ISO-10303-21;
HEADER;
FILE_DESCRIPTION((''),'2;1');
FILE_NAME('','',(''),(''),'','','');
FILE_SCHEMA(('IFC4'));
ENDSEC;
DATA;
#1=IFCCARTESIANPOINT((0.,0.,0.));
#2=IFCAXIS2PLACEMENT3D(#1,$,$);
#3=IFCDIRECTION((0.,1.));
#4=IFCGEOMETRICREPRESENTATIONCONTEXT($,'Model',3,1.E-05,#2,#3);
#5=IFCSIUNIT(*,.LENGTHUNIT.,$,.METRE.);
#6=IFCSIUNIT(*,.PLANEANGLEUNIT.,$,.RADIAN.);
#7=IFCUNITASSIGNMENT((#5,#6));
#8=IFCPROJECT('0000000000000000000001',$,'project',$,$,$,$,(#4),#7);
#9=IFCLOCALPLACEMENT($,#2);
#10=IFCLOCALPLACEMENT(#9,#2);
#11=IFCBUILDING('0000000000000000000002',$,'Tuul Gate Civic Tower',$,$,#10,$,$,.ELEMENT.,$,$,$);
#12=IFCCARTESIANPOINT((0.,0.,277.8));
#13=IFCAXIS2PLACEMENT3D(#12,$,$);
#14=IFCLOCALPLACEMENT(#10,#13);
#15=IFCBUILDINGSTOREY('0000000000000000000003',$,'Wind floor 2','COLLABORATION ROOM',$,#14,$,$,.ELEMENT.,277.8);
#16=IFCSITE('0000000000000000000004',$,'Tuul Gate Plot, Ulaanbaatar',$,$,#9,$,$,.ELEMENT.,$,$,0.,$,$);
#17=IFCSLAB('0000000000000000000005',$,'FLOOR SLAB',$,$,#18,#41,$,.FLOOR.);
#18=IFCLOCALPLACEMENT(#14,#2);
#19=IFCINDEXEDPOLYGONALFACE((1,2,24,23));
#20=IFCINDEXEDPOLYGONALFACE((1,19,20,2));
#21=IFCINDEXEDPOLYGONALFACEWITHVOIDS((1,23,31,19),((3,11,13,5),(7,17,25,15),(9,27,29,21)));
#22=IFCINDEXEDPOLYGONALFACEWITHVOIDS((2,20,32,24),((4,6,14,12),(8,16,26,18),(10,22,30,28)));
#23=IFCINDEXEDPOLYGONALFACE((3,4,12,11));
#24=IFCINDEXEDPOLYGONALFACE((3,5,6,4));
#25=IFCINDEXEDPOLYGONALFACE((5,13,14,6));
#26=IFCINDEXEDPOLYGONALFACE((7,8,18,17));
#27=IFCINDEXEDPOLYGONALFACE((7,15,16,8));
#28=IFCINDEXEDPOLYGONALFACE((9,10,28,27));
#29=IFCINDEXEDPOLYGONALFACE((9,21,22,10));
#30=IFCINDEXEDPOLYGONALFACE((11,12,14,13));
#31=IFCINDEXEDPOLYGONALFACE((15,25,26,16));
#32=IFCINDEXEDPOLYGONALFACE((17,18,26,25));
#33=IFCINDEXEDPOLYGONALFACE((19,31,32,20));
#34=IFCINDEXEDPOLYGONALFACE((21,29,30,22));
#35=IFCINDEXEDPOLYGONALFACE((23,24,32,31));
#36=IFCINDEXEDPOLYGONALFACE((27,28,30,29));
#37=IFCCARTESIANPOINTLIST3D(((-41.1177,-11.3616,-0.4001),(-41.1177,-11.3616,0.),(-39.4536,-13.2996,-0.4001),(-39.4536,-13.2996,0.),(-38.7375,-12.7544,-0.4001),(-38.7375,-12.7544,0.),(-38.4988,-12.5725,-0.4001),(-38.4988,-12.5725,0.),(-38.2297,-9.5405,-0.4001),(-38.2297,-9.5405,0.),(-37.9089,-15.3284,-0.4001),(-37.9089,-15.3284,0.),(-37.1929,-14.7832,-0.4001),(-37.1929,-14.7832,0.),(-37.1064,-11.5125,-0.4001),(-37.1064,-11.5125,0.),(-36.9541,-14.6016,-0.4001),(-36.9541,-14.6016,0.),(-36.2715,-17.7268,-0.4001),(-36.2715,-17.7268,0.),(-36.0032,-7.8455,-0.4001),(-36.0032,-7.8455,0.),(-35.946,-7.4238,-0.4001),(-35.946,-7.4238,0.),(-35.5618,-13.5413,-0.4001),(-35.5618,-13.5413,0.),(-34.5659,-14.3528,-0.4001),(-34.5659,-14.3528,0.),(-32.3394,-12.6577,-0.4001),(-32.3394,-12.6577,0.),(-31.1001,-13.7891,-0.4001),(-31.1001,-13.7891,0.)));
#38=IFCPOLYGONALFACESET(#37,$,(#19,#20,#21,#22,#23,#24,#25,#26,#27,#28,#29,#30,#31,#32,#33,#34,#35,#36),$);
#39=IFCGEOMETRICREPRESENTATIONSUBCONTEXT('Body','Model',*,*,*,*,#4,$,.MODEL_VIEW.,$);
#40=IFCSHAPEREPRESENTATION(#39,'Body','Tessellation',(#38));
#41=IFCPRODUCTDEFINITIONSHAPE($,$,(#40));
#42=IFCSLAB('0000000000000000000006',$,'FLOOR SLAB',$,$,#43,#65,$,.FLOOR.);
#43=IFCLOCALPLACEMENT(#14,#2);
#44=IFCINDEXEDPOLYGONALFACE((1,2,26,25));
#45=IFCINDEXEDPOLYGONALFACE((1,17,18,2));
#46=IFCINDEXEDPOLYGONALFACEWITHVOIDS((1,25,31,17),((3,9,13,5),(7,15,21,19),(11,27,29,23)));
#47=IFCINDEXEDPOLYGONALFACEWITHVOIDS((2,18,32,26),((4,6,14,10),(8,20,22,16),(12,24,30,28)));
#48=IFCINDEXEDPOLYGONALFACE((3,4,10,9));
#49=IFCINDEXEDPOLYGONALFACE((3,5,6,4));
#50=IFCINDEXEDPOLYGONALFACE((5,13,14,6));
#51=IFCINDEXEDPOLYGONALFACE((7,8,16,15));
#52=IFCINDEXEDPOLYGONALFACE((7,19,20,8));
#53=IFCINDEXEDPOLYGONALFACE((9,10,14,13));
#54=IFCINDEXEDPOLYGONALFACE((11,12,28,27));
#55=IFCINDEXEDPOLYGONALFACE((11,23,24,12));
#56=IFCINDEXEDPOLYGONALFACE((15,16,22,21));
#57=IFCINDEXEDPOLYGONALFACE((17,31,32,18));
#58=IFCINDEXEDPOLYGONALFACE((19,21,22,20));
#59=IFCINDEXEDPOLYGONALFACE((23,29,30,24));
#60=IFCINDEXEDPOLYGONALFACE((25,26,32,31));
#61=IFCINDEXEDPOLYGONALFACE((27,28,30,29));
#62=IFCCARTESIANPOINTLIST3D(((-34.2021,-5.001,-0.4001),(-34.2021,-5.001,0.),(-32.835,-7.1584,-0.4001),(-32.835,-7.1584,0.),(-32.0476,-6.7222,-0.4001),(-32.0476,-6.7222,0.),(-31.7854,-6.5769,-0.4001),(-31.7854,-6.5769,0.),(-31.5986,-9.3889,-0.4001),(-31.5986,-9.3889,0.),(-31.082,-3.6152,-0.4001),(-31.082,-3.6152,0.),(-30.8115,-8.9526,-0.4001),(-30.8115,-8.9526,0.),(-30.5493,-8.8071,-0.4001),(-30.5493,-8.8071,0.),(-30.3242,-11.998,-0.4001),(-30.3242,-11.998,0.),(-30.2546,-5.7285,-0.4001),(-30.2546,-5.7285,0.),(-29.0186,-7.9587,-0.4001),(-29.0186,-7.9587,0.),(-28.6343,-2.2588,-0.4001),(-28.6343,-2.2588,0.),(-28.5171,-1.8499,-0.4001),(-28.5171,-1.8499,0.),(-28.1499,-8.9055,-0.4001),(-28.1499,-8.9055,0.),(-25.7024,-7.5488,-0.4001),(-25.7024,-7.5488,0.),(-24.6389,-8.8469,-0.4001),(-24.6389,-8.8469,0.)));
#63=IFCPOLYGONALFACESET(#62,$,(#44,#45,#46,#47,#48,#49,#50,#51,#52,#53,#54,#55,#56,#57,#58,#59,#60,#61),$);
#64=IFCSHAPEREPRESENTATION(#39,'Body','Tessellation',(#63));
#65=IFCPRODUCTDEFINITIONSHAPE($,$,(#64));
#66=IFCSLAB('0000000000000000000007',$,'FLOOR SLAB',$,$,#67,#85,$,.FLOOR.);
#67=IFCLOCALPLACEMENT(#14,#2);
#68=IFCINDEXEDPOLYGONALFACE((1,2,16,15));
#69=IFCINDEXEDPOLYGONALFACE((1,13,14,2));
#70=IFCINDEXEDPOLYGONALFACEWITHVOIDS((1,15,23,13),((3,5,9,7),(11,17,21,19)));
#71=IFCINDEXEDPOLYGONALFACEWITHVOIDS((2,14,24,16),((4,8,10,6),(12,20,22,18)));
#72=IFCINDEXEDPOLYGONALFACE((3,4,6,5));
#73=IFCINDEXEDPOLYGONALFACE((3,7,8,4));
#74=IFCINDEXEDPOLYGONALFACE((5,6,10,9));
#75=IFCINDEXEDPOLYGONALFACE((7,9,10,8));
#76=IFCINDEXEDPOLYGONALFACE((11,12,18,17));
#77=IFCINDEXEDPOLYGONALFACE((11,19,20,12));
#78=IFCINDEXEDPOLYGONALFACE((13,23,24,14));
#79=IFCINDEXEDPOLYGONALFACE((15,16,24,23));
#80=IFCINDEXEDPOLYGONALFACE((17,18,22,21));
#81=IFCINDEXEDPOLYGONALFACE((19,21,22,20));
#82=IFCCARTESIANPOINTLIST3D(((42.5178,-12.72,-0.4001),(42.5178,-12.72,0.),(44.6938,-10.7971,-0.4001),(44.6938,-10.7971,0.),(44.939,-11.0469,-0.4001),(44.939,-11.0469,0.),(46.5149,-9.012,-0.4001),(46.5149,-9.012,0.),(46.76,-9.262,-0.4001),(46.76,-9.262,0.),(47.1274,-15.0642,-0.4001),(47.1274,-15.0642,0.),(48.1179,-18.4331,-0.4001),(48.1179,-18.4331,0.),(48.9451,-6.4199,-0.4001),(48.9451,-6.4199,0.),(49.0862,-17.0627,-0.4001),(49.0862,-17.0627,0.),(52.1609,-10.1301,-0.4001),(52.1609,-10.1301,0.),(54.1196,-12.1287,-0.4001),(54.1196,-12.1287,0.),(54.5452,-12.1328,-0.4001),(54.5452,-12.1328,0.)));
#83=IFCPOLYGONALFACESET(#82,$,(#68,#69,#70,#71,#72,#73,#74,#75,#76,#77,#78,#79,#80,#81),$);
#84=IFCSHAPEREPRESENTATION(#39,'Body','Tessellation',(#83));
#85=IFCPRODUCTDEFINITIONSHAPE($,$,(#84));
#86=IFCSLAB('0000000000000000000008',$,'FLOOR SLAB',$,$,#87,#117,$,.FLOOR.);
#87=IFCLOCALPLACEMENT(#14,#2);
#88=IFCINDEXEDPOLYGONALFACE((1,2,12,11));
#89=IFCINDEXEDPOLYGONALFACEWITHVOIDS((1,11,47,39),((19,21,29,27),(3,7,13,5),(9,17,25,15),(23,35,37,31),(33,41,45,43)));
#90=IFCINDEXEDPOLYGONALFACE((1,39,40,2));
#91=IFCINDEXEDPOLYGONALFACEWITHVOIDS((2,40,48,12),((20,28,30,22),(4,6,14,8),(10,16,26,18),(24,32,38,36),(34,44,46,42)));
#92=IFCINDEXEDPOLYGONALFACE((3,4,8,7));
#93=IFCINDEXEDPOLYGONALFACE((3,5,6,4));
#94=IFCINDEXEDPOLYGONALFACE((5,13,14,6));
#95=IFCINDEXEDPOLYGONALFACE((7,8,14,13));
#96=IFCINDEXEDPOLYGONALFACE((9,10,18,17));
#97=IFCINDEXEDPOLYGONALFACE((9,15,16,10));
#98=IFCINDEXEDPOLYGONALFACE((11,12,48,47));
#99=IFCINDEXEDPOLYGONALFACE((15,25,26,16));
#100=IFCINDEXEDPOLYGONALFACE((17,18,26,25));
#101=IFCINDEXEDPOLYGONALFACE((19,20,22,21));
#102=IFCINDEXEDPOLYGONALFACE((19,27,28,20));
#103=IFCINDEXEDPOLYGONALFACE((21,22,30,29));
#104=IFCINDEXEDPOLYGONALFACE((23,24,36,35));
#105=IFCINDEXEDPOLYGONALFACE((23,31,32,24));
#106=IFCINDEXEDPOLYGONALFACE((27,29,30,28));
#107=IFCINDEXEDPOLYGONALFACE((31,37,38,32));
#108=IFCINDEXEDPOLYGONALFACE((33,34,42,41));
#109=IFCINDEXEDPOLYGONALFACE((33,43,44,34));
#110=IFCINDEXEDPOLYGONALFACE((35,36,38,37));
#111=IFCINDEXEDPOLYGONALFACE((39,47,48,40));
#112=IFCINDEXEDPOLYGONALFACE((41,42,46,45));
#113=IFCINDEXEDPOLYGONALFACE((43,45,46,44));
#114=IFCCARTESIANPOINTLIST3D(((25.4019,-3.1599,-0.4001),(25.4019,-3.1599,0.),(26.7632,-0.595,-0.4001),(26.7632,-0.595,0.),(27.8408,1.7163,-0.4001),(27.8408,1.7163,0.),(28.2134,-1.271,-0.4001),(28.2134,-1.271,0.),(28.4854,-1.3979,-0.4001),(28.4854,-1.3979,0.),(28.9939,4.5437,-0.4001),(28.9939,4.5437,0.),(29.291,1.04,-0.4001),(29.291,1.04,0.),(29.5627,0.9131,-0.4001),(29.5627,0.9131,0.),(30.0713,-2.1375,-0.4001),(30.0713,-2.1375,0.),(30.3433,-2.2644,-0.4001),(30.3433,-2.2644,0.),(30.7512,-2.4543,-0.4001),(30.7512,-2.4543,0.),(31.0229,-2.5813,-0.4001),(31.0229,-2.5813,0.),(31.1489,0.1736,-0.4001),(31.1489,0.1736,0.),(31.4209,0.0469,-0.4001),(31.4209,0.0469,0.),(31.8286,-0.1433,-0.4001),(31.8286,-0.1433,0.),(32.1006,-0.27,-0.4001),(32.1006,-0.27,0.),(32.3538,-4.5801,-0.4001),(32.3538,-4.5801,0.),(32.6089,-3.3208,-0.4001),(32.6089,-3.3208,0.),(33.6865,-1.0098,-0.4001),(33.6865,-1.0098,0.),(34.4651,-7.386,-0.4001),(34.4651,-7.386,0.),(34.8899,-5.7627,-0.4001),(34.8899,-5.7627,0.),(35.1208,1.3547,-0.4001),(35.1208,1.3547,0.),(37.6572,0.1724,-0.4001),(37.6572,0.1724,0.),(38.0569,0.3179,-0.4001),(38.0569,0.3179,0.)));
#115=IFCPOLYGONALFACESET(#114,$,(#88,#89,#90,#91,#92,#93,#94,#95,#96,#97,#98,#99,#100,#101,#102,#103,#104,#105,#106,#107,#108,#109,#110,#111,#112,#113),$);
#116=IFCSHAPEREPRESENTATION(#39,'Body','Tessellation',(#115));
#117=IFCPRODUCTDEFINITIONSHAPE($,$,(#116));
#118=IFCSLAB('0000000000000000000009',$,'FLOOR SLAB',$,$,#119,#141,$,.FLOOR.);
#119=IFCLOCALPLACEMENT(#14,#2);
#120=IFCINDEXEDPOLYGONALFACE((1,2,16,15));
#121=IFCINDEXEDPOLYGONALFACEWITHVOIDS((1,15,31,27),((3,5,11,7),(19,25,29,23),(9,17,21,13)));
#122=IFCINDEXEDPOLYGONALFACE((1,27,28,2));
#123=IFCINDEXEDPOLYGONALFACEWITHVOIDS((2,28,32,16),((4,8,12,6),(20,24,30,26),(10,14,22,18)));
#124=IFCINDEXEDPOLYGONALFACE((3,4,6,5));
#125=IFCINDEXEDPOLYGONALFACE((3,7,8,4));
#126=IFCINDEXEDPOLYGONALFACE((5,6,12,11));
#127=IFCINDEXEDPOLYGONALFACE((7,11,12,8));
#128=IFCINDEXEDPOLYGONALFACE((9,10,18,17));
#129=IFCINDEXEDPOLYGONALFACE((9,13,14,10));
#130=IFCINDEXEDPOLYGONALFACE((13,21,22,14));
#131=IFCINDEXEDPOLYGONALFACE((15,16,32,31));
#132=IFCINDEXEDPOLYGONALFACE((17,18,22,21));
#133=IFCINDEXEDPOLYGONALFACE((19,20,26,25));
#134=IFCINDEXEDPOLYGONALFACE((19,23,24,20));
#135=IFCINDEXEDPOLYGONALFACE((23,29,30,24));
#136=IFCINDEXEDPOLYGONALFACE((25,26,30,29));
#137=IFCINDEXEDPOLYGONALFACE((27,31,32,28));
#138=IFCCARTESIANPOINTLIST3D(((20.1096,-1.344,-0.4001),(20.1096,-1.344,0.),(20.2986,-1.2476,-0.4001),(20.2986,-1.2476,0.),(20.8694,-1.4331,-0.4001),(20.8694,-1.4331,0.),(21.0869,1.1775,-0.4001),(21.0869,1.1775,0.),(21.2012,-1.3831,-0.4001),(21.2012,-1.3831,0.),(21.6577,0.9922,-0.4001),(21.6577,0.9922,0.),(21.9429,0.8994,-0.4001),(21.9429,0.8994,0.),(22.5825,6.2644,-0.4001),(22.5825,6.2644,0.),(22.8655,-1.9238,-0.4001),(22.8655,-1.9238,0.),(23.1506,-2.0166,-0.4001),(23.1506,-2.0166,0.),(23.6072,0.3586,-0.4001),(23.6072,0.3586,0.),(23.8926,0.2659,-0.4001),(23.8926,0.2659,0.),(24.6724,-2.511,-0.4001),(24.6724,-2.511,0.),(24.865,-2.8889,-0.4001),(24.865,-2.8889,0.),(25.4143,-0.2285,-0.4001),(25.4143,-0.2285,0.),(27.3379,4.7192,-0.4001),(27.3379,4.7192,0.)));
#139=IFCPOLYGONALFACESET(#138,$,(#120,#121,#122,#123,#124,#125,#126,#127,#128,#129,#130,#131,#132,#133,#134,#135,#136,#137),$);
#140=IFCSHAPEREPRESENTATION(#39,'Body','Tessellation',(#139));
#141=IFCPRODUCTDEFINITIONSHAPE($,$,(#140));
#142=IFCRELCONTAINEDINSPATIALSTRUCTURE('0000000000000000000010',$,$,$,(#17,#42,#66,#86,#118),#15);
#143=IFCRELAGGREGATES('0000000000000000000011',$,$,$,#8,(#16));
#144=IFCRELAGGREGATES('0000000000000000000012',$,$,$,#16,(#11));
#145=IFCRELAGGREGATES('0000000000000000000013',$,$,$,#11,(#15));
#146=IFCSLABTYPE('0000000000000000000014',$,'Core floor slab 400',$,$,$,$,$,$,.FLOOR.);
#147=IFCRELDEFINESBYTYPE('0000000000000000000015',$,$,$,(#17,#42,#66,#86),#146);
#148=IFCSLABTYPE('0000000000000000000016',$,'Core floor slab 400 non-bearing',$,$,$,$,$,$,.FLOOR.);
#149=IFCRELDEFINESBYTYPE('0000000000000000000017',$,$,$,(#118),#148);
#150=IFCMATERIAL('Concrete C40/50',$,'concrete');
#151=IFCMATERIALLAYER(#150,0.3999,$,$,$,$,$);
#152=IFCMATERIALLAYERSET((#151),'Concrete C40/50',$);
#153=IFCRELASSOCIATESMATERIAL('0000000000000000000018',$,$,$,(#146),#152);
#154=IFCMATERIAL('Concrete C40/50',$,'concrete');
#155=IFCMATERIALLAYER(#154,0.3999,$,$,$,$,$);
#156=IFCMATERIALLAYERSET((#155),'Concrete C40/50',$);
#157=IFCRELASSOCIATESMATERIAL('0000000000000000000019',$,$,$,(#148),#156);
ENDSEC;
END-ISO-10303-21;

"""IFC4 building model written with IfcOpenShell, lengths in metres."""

from ifc_helpers import new_model, si_unit, direction, frame, origin, place, context, subcontext, project, spatial, polyline, outline, extrude, material, layer, layer_set, type_object, element, save


model = new_model("IFC4")

# Units and contexts
model_context = context("Model", 3, precision=1e-05, world=origin(), true_north=direction((0.0, 1.0)))
body_context = subcontext(model_context, "Body", "Model", "MODEL_VIEW")
ifc_project = project(units=[si_unit("LENGTHUNIT", "METRE"), si_unit("PLANEANGLEUNIT", "RADIAN")], contexts=[model_context])

# Site, building, storey
site_placement = place(None, origin())
site = spatial("IfcSite", under=ifc_project, at=site_placement, Name="Tuul Gate Plot, Ulaanbaatar", CompositionType="ELEMENT", RefElevation=0.0)
building_placement = place(site_placement, origin())
building = spatial("IfcBuilding", under=site, at=building_placement, Name="Tuul Gate Civic Tower", CompositionType="ELEMENT")
storey_placement = place(building_placement, frame((0.0, 0.0, 277.8)))
storey = spatial("IfcBuildingStorey", under=building, at=storey_placement, Name="Wind floor 2", Description="COLLABORATION ROOM", CompositionType="ELEMENT", Elevation=277.8)

# Slabs
ifc_material_1 = material(Name="Concrete C40/50", Category="concrete")
ifc_layer_1 = layer(ifc_material_1, 0.3999)
ifc_layer_set_1 = layer_set([ifc_layer_1], Name="Concrete C40/50")
slab_type_1 = type_object("IfcSlabType", Name="Core floor slab 400", PredefinedType="FLOOR", material=ifc_layer_set_1)
slab_1_placement = place(storey_placement, frame((0.0, 0.0, -0.4001)))
element("IfcSlab", 1, at=slab_1_placement, inside=storey, type_object=slab_type_1, Name="FLOOR SLAB", PredefinedType="FLOOR", context=body_context, shape_type="SweptSolid", body=[
    extrude(outline(polyline([(-31.1001, -13.7891), (-35.946, -7.4238), (-41.1177, -11.3616), (-36.2715, -17.7268), (-31.1001, -13.7891)]), holes=[polyline([(-35.5618, -13.5413), (-37.1064, -11.5125), (-38.4988, -12.5725), (-36.9541, -14.6016), (-35.5618, -13.5413)]), polyline([(-37.1929, -14.7832), (-38.7375, -12.7544), (-39.4536, -13.2996), (-37.9089, -15.3284), (-37.1929, -14.7832)]), polyline([(-32.3394, -12.6577), (-34.5659, -14.3528), (-38.2297, -9.5405), (-36.0032, -7.8455), (-32.3394, -12.6577)])]), origin(), (0.0, 0.0, 1.0), 0.4001),
])
slab_2_placement = place(storey_placement, frame((0.0, 0.0, -0.4001)))
element("IfcSlab", 2, at=slab_2_placement, inside=storey, type_object=slab_type_1, Name="FLOOR SLAB", PredefinedType="FLOOR", context=body_context, shape_type="SweptSolid", body=[
    extrude(outline(polyline([(-24.6389, -8.8469), (-28.5171, -1.8499), (-34.2021, -5.001), (-30.3242, -11.998), (-24.6389, -8.8469)]), holes=[polyline([(-29.0186, -7.9587), (-30.2546, -5.7285), (-31.7854, -6.5769), (-30.5493, -8.8071), (-29.0186, -7.9587)]), polyline([(-30.8115, -8.9526), (-32.0476, -6.7222), (-32.835, -7.1584), (-31.5986, -9.3889), (-30.8115, -8.9526)]), polyline([(-25.7024, -7.5488), (-28.1499, -8.9055), (-31.082, -3.6152), (-28.6343, -2.2588), (-25.7024, -7.5488)])]), origin(), (0.0, 0.0, 1.0), 0.4001),
])
slab_3_placement = place(storey_placement, frame((0.0, 0.0, -0.4001)))
element("IfcSlab", 3, at=slab_3_placement, inside=storey, type_object=slab_type_1, Name="FLOOR SLAB", PredefinedType="FLOOR", context=body_context, shape_type="SweptSolid", body=[
    extrude(outline(polyline([(48.1179, -18.4331), (54.5452, -12.1328), (48.9451, -6.4199), (42.5178, -12.72), (48.1179, -18.4331)]), holes=[polyline([(44.939, -11.0469), (46.76, -9.262), (46.5149, -9.012), (44.6938, -10.7971), (44.939, -11.0469)]), polyline([(49.0862, -17.0627), (47.1274, -15.0642), (52.1609, -10.1301), (54.1196, -12.1287), (49.0862, -17.0627)])]), origin(), (0.0, 0.0, 1.0), 0.4001),
])
slab_4_placement = place(storey_placement, frame((0.0, 0.0, -0.4001)))
element("IfcSlab", 4, at=slab_4_placement, inside=storey, type_object=slab_type_1, Name="FLOOR SLAB", PredefinedType="FLOOR", context=body_context, shape_type="SweptSolid", body=[
    extrude(outline(polyline([(34.4651, -7.386), (38.0569, 0.3179), (28.9939, 4.5437), (25.4019, -3.1599), (34.4651, -7.386)]), holes=[polyline([(32.6089, -3.3208), (33.6865, -1.0098), (32.1006, -0.27), (31.0229, -2.5813), (32.6089, -3.3208)]), polyline([(30.0713, -2.1375), (31.1489, 0.1736), (29.5627, 0.9131), (28.4854, -1.3979), (30.0713, -2.1375)]), polyline([(30.7512, -2.4543), (31.8286, -0.1433), (31.4209, 0.0469), (30.3433, -2.2644), (30.7512, -2.4543)]), polyline([(28.2134, -1.271), (29.291, 1.04), (27.8408, 1.7163), (26.7632, -0.595), (28.2134, -1.271)]), polyline([(34.8899, -5.7627), (32.3538, -4.5801), (35.1208, 1.3547), (37.6572, 0.1724), (34.8899, -5.7627)])]), origin(), (0.0, 0.0, 1.0), 0.4001),
])
ifc_material_2 = material(Name="Concrete C40/50", Category="concrete")
ifc_layer_2 = layer(ifc_material_2, 0.3999)
ifc_layer_set_2 = layer_set([ifc_layer_2], Name="Concrete C40/50")
slab_type_2 = type_object("IfcSlabType", Name="Core floor slab 400 non-bearing", PredefinedType="FLOOR", material=ifc_layer_set_2)
slab_5_placement = place(storey_placement, frame((0.0, 0.0, -0.4001)))
element("IfcSlab", 5, at=slab_5_placement, inside=storey, type_object=slab_type_2, Name="FLOOR SLAB", PredefinedType="FLOOR", context=body_context, shape_type="SweptSolid", body=[
    extrude(outline(polyline([(24.865, -2.8889), (27.3379, 4.7192), (22.5825, 6.2644), (20.1096, -1.344), (24.865, -2.8889)]), holes=[polyline([(24.6724, -2.511), (25.4143, -0.2285), (23.8926, 0.2659), (23.1506, -2.0166), (24.6724, -2.511)]), polyline([(22.8655, -1.9238), (23.6072, 0.3586), (21.9429, 0.8994), (21.2012, -1.3831), (22.8655, -1.9238)]), polyline([(20.8694, -1.4331), (21.6577, 0.9922), (21.0869, 1.1775), (20.2986, -1.2476), (20.8694, -1.4331)])]), origin(), (0.0, 0.0, 1.0), 0.4001),
])

save(model, "model.ifc")
